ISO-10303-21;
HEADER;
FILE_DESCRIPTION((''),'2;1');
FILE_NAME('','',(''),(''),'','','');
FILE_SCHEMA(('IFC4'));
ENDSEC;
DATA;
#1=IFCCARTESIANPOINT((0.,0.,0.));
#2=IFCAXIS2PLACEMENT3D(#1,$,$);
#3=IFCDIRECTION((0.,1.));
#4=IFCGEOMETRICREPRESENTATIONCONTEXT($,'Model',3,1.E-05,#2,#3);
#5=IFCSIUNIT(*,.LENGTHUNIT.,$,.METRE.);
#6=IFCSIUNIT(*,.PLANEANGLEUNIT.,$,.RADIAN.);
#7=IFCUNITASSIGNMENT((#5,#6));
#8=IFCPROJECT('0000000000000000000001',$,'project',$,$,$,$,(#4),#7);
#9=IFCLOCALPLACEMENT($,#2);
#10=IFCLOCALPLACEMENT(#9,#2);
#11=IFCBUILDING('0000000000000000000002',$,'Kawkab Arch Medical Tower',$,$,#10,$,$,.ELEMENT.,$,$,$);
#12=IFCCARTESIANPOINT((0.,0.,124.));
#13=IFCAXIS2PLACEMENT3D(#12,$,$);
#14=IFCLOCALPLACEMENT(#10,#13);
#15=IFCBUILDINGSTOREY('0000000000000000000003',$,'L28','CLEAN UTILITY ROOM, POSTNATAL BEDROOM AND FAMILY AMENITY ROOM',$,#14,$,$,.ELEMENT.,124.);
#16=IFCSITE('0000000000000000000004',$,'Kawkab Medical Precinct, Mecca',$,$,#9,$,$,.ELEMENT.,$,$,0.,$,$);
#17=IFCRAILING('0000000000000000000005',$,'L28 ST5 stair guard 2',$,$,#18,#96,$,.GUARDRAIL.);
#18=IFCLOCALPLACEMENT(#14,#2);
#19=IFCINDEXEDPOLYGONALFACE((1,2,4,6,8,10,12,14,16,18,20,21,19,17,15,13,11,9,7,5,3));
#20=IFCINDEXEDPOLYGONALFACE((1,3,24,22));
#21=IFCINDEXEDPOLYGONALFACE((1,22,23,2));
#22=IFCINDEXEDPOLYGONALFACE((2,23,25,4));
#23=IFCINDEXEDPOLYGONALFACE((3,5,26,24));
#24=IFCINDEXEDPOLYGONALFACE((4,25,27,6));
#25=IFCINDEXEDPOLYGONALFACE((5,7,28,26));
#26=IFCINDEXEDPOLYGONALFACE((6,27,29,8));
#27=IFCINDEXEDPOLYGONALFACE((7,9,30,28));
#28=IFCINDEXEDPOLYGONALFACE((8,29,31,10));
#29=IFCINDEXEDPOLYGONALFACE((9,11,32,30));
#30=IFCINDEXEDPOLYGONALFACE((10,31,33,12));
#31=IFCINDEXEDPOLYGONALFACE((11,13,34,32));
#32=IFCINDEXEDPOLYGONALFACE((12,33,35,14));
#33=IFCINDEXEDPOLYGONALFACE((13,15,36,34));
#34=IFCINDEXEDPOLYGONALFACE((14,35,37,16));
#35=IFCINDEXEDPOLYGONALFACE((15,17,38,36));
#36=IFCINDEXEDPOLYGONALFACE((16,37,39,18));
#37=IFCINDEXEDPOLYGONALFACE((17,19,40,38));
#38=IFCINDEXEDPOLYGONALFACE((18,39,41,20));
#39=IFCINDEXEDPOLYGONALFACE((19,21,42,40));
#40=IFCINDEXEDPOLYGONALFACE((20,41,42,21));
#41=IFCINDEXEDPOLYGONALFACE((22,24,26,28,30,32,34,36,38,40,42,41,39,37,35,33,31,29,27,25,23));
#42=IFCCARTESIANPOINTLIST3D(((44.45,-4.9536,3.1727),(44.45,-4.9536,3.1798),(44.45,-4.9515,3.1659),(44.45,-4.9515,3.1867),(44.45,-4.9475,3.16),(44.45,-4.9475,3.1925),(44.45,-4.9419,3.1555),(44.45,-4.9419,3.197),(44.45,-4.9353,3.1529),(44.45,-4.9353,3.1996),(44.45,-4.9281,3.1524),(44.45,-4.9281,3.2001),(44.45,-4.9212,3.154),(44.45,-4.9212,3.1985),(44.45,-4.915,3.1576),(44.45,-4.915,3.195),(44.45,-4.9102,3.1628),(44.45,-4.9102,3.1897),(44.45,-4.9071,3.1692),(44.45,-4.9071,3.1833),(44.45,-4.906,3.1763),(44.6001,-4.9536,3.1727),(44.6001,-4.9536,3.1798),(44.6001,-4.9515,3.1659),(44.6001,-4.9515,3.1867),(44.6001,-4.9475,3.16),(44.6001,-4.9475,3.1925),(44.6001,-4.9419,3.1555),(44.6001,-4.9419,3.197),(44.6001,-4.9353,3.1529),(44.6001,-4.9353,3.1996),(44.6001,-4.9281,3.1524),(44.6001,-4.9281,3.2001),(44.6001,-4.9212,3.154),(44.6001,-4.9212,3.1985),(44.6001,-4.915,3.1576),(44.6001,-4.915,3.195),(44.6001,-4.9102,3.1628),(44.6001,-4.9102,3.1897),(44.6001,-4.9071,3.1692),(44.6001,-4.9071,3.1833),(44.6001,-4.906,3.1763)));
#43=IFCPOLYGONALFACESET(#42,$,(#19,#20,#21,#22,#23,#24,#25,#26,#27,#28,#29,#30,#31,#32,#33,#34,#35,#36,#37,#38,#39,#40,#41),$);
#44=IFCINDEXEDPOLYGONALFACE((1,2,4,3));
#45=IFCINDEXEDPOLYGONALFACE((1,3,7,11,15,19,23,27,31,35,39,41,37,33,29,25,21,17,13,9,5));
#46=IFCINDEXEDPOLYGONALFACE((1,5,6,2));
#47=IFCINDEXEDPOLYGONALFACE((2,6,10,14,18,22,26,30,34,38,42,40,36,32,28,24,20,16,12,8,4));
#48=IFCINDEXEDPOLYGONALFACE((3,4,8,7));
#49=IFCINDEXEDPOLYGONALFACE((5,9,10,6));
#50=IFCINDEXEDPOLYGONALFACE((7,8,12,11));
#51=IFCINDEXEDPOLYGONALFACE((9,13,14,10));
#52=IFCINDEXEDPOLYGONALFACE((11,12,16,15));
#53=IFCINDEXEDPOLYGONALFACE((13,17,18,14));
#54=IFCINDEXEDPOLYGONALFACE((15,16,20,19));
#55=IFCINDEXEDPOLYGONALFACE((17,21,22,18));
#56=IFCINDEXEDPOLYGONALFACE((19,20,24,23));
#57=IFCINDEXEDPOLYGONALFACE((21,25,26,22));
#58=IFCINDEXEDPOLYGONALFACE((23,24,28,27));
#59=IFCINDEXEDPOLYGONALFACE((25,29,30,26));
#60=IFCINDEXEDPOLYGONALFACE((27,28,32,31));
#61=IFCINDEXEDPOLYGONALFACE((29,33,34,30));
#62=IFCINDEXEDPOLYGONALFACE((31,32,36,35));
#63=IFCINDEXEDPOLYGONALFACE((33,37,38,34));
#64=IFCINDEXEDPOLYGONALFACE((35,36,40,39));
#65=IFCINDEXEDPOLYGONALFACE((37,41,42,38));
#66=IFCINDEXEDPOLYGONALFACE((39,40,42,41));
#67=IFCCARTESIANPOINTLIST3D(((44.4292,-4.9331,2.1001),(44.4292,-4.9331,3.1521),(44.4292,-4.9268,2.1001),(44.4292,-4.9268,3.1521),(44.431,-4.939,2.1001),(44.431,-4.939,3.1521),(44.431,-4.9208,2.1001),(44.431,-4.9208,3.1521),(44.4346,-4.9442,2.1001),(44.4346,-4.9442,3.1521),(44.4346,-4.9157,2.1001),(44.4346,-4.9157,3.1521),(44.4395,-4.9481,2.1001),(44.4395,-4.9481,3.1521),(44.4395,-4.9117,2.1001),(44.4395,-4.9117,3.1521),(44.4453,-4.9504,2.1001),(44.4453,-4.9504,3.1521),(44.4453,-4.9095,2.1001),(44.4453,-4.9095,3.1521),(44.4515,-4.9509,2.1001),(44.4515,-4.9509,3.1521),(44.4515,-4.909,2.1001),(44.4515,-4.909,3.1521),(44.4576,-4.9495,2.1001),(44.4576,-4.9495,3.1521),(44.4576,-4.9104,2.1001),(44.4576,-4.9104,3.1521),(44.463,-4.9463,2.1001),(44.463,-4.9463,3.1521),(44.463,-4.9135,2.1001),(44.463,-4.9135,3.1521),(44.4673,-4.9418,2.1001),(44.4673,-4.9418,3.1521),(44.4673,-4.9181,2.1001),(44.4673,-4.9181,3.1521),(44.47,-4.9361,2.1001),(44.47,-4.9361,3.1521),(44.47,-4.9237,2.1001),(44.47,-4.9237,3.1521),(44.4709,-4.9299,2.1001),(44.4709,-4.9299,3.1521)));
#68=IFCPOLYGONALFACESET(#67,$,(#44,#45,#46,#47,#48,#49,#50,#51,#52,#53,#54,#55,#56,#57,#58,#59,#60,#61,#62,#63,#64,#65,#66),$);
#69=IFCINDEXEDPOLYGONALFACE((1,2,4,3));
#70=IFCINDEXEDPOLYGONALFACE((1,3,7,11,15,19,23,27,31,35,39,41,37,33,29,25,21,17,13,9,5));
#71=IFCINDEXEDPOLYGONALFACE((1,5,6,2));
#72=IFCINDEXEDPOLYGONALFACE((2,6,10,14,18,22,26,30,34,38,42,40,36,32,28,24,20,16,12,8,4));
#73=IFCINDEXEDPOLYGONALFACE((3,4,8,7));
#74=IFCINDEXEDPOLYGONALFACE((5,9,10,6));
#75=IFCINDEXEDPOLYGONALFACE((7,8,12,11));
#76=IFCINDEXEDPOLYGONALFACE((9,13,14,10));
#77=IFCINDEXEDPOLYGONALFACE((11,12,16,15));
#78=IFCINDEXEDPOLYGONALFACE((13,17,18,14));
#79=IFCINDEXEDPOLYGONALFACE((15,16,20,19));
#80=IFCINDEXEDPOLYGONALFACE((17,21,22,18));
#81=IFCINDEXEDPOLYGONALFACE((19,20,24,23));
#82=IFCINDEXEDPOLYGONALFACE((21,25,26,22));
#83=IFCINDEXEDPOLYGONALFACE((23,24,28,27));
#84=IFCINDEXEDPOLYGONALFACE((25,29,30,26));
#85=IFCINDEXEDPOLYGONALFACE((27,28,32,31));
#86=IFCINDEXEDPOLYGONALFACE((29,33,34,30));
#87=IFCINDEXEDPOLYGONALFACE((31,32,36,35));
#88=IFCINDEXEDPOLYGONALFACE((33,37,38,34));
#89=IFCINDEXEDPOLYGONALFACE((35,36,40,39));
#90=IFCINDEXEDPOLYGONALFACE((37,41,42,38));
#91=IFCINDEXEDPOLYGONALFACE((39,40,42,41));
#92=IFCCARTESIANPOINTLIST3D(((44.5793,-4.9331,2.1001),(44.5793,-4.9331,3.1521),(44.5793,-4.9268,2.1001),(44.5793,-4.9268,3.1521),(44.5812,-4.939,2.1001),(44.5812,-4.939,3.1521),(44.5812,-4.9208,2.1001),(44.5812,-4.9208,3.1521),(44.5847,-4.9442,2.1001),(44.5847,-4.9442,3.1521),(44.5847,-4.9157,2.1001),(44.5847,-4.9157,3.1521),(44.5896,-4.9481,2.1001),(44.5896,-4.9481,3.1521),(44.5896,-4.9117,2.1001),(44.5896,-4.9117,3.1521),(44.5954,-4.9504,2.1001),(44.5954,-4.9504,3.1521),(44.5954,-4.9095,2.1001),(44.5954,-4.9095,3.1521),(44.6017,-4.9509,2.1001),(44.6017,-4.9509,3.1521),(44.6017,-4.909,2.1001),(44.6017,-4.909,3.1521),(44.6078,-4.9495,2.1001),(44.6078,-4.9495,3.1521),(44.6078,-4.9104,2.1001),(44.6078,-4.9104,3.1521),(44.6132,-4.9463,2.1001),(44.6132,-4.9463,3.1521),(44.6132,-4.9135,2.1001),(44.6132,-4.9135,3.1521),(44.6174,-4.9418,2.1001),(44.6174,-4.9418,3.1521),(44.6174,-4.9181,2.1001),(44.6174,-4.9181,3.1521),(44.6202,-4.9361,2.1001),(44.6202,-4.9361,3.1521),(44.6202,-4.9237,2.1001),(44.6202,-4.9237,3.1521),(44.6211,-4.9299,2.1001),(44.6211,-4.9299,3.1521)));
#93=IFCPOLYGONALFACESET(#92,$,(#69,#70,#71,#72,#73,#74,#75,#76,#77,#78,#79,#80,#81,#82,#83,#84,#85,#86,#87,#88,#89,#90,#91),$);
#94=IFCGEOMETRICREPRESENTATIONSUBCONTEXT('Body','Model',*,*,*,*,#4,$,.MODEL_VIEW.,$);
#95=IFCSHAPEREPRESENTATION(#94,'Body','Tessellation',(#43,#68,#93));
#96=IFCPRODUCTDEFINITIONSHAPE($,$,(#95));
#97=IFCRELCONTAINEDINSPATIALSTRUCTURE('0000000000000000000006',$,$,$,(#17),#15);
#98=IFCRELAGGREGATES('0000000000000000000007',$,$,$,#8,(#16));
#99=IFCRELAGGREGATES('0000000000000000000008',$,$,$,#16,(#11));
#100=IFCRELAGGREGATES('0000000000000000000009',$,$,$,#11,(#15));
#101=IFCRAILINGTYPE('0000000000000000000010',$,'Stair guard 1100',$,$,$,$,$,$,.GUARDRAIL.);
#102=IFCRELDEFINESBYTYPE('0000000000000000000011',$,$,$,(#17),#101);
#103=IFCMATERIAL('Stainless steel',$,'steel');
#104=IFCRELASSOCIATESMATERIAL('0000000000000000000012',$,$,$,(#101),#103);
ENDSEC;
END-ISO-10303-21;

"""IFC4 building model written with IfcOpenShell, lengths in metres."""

from ifc_helpers import new_model, si_unit, direction, frame, origin, origin_2d, place, context, subcontext, project, spatial, circle, extrude, material, type_object, element, save


model = new_model("IFC4")

# Units and contexts
model_context = context("Model", 3, precision=1e-05, world=origin(), true_north=direction((0.0, 1.0)))
body_context = subcontext(model_context, "Body", "Model", "MODEL_VIEW")
ifc_project = project(units=[si_unit("LENGTHUNIT", "METRE"), si_unit("PLANEANGLEUNIT", "RADIAN")], contexts=[model_context])

# Site, building, storey
site_placement = place(None, origin())
site = spatial("IfcSite", under=ifc_project, at=site_placement, Name="Kawkab Medical Precinct, Mecca", CompositionType="ELEMENT", RefElevation=0.0)
building_placement = place(site_placement, origin())
building = spatial("IfcBuilding", under=site, at=building_placement, Name="Kawkab Arch Medical Tower", CompositionType="ELEMENT")
storey_placement = place(building_placement, frame((0.0, 0.0, 124.0)))
storey = spatial("IfcBuildingStorey", under=building, at=storey_placement, Name="L28", Description="CLEAN UTILITY ROOM, POSTNATAL BEDROOM AND FAMILY AMENITY ROOM", CompositionType="ELEMENT", Elevation=124.0)

# Railing
ifc_material_1 = material(Name="Stainless steel", Category="steel")
railing_type = type_object("IfcRailingType", Name="Stair guard 1100", PredefinedType="GUARDRAIL", material=ifc_material_1)
railing_1_placement = place(storey_placement, frame((44.45, -4.9299, 2.1001)))
element("IfcRailing", 1, at=railing_1_placement, inside=storey, type_object=railing_type, Name="L28 ST5 stair guard 2", PredefinedType="GUARDRAIL", context=body_context, shape_type="SweptSolid", body=[
    extrude(circle(Radius=0.0239, at=origin_2d()), frame((0.0, 0.0, 1.0762), z_axis=(1.0, 0.0, 0.0), x_axis=(0.0, 1.0, 0.0)), (0.0, 0.0, 1.0), 0.1501),
    extrude(circle(Radius=0.021, at=origin_2d()), origin(), (0.0, 0.0, 1.0), 1.052),
    extrude(circle(Radius=0.021, at=origin_2d()), frame((0.1501, 0.0, 0.0)), (0.0, 0.0, 1.0), 1.052),
])

save(model, "model.ifc")
